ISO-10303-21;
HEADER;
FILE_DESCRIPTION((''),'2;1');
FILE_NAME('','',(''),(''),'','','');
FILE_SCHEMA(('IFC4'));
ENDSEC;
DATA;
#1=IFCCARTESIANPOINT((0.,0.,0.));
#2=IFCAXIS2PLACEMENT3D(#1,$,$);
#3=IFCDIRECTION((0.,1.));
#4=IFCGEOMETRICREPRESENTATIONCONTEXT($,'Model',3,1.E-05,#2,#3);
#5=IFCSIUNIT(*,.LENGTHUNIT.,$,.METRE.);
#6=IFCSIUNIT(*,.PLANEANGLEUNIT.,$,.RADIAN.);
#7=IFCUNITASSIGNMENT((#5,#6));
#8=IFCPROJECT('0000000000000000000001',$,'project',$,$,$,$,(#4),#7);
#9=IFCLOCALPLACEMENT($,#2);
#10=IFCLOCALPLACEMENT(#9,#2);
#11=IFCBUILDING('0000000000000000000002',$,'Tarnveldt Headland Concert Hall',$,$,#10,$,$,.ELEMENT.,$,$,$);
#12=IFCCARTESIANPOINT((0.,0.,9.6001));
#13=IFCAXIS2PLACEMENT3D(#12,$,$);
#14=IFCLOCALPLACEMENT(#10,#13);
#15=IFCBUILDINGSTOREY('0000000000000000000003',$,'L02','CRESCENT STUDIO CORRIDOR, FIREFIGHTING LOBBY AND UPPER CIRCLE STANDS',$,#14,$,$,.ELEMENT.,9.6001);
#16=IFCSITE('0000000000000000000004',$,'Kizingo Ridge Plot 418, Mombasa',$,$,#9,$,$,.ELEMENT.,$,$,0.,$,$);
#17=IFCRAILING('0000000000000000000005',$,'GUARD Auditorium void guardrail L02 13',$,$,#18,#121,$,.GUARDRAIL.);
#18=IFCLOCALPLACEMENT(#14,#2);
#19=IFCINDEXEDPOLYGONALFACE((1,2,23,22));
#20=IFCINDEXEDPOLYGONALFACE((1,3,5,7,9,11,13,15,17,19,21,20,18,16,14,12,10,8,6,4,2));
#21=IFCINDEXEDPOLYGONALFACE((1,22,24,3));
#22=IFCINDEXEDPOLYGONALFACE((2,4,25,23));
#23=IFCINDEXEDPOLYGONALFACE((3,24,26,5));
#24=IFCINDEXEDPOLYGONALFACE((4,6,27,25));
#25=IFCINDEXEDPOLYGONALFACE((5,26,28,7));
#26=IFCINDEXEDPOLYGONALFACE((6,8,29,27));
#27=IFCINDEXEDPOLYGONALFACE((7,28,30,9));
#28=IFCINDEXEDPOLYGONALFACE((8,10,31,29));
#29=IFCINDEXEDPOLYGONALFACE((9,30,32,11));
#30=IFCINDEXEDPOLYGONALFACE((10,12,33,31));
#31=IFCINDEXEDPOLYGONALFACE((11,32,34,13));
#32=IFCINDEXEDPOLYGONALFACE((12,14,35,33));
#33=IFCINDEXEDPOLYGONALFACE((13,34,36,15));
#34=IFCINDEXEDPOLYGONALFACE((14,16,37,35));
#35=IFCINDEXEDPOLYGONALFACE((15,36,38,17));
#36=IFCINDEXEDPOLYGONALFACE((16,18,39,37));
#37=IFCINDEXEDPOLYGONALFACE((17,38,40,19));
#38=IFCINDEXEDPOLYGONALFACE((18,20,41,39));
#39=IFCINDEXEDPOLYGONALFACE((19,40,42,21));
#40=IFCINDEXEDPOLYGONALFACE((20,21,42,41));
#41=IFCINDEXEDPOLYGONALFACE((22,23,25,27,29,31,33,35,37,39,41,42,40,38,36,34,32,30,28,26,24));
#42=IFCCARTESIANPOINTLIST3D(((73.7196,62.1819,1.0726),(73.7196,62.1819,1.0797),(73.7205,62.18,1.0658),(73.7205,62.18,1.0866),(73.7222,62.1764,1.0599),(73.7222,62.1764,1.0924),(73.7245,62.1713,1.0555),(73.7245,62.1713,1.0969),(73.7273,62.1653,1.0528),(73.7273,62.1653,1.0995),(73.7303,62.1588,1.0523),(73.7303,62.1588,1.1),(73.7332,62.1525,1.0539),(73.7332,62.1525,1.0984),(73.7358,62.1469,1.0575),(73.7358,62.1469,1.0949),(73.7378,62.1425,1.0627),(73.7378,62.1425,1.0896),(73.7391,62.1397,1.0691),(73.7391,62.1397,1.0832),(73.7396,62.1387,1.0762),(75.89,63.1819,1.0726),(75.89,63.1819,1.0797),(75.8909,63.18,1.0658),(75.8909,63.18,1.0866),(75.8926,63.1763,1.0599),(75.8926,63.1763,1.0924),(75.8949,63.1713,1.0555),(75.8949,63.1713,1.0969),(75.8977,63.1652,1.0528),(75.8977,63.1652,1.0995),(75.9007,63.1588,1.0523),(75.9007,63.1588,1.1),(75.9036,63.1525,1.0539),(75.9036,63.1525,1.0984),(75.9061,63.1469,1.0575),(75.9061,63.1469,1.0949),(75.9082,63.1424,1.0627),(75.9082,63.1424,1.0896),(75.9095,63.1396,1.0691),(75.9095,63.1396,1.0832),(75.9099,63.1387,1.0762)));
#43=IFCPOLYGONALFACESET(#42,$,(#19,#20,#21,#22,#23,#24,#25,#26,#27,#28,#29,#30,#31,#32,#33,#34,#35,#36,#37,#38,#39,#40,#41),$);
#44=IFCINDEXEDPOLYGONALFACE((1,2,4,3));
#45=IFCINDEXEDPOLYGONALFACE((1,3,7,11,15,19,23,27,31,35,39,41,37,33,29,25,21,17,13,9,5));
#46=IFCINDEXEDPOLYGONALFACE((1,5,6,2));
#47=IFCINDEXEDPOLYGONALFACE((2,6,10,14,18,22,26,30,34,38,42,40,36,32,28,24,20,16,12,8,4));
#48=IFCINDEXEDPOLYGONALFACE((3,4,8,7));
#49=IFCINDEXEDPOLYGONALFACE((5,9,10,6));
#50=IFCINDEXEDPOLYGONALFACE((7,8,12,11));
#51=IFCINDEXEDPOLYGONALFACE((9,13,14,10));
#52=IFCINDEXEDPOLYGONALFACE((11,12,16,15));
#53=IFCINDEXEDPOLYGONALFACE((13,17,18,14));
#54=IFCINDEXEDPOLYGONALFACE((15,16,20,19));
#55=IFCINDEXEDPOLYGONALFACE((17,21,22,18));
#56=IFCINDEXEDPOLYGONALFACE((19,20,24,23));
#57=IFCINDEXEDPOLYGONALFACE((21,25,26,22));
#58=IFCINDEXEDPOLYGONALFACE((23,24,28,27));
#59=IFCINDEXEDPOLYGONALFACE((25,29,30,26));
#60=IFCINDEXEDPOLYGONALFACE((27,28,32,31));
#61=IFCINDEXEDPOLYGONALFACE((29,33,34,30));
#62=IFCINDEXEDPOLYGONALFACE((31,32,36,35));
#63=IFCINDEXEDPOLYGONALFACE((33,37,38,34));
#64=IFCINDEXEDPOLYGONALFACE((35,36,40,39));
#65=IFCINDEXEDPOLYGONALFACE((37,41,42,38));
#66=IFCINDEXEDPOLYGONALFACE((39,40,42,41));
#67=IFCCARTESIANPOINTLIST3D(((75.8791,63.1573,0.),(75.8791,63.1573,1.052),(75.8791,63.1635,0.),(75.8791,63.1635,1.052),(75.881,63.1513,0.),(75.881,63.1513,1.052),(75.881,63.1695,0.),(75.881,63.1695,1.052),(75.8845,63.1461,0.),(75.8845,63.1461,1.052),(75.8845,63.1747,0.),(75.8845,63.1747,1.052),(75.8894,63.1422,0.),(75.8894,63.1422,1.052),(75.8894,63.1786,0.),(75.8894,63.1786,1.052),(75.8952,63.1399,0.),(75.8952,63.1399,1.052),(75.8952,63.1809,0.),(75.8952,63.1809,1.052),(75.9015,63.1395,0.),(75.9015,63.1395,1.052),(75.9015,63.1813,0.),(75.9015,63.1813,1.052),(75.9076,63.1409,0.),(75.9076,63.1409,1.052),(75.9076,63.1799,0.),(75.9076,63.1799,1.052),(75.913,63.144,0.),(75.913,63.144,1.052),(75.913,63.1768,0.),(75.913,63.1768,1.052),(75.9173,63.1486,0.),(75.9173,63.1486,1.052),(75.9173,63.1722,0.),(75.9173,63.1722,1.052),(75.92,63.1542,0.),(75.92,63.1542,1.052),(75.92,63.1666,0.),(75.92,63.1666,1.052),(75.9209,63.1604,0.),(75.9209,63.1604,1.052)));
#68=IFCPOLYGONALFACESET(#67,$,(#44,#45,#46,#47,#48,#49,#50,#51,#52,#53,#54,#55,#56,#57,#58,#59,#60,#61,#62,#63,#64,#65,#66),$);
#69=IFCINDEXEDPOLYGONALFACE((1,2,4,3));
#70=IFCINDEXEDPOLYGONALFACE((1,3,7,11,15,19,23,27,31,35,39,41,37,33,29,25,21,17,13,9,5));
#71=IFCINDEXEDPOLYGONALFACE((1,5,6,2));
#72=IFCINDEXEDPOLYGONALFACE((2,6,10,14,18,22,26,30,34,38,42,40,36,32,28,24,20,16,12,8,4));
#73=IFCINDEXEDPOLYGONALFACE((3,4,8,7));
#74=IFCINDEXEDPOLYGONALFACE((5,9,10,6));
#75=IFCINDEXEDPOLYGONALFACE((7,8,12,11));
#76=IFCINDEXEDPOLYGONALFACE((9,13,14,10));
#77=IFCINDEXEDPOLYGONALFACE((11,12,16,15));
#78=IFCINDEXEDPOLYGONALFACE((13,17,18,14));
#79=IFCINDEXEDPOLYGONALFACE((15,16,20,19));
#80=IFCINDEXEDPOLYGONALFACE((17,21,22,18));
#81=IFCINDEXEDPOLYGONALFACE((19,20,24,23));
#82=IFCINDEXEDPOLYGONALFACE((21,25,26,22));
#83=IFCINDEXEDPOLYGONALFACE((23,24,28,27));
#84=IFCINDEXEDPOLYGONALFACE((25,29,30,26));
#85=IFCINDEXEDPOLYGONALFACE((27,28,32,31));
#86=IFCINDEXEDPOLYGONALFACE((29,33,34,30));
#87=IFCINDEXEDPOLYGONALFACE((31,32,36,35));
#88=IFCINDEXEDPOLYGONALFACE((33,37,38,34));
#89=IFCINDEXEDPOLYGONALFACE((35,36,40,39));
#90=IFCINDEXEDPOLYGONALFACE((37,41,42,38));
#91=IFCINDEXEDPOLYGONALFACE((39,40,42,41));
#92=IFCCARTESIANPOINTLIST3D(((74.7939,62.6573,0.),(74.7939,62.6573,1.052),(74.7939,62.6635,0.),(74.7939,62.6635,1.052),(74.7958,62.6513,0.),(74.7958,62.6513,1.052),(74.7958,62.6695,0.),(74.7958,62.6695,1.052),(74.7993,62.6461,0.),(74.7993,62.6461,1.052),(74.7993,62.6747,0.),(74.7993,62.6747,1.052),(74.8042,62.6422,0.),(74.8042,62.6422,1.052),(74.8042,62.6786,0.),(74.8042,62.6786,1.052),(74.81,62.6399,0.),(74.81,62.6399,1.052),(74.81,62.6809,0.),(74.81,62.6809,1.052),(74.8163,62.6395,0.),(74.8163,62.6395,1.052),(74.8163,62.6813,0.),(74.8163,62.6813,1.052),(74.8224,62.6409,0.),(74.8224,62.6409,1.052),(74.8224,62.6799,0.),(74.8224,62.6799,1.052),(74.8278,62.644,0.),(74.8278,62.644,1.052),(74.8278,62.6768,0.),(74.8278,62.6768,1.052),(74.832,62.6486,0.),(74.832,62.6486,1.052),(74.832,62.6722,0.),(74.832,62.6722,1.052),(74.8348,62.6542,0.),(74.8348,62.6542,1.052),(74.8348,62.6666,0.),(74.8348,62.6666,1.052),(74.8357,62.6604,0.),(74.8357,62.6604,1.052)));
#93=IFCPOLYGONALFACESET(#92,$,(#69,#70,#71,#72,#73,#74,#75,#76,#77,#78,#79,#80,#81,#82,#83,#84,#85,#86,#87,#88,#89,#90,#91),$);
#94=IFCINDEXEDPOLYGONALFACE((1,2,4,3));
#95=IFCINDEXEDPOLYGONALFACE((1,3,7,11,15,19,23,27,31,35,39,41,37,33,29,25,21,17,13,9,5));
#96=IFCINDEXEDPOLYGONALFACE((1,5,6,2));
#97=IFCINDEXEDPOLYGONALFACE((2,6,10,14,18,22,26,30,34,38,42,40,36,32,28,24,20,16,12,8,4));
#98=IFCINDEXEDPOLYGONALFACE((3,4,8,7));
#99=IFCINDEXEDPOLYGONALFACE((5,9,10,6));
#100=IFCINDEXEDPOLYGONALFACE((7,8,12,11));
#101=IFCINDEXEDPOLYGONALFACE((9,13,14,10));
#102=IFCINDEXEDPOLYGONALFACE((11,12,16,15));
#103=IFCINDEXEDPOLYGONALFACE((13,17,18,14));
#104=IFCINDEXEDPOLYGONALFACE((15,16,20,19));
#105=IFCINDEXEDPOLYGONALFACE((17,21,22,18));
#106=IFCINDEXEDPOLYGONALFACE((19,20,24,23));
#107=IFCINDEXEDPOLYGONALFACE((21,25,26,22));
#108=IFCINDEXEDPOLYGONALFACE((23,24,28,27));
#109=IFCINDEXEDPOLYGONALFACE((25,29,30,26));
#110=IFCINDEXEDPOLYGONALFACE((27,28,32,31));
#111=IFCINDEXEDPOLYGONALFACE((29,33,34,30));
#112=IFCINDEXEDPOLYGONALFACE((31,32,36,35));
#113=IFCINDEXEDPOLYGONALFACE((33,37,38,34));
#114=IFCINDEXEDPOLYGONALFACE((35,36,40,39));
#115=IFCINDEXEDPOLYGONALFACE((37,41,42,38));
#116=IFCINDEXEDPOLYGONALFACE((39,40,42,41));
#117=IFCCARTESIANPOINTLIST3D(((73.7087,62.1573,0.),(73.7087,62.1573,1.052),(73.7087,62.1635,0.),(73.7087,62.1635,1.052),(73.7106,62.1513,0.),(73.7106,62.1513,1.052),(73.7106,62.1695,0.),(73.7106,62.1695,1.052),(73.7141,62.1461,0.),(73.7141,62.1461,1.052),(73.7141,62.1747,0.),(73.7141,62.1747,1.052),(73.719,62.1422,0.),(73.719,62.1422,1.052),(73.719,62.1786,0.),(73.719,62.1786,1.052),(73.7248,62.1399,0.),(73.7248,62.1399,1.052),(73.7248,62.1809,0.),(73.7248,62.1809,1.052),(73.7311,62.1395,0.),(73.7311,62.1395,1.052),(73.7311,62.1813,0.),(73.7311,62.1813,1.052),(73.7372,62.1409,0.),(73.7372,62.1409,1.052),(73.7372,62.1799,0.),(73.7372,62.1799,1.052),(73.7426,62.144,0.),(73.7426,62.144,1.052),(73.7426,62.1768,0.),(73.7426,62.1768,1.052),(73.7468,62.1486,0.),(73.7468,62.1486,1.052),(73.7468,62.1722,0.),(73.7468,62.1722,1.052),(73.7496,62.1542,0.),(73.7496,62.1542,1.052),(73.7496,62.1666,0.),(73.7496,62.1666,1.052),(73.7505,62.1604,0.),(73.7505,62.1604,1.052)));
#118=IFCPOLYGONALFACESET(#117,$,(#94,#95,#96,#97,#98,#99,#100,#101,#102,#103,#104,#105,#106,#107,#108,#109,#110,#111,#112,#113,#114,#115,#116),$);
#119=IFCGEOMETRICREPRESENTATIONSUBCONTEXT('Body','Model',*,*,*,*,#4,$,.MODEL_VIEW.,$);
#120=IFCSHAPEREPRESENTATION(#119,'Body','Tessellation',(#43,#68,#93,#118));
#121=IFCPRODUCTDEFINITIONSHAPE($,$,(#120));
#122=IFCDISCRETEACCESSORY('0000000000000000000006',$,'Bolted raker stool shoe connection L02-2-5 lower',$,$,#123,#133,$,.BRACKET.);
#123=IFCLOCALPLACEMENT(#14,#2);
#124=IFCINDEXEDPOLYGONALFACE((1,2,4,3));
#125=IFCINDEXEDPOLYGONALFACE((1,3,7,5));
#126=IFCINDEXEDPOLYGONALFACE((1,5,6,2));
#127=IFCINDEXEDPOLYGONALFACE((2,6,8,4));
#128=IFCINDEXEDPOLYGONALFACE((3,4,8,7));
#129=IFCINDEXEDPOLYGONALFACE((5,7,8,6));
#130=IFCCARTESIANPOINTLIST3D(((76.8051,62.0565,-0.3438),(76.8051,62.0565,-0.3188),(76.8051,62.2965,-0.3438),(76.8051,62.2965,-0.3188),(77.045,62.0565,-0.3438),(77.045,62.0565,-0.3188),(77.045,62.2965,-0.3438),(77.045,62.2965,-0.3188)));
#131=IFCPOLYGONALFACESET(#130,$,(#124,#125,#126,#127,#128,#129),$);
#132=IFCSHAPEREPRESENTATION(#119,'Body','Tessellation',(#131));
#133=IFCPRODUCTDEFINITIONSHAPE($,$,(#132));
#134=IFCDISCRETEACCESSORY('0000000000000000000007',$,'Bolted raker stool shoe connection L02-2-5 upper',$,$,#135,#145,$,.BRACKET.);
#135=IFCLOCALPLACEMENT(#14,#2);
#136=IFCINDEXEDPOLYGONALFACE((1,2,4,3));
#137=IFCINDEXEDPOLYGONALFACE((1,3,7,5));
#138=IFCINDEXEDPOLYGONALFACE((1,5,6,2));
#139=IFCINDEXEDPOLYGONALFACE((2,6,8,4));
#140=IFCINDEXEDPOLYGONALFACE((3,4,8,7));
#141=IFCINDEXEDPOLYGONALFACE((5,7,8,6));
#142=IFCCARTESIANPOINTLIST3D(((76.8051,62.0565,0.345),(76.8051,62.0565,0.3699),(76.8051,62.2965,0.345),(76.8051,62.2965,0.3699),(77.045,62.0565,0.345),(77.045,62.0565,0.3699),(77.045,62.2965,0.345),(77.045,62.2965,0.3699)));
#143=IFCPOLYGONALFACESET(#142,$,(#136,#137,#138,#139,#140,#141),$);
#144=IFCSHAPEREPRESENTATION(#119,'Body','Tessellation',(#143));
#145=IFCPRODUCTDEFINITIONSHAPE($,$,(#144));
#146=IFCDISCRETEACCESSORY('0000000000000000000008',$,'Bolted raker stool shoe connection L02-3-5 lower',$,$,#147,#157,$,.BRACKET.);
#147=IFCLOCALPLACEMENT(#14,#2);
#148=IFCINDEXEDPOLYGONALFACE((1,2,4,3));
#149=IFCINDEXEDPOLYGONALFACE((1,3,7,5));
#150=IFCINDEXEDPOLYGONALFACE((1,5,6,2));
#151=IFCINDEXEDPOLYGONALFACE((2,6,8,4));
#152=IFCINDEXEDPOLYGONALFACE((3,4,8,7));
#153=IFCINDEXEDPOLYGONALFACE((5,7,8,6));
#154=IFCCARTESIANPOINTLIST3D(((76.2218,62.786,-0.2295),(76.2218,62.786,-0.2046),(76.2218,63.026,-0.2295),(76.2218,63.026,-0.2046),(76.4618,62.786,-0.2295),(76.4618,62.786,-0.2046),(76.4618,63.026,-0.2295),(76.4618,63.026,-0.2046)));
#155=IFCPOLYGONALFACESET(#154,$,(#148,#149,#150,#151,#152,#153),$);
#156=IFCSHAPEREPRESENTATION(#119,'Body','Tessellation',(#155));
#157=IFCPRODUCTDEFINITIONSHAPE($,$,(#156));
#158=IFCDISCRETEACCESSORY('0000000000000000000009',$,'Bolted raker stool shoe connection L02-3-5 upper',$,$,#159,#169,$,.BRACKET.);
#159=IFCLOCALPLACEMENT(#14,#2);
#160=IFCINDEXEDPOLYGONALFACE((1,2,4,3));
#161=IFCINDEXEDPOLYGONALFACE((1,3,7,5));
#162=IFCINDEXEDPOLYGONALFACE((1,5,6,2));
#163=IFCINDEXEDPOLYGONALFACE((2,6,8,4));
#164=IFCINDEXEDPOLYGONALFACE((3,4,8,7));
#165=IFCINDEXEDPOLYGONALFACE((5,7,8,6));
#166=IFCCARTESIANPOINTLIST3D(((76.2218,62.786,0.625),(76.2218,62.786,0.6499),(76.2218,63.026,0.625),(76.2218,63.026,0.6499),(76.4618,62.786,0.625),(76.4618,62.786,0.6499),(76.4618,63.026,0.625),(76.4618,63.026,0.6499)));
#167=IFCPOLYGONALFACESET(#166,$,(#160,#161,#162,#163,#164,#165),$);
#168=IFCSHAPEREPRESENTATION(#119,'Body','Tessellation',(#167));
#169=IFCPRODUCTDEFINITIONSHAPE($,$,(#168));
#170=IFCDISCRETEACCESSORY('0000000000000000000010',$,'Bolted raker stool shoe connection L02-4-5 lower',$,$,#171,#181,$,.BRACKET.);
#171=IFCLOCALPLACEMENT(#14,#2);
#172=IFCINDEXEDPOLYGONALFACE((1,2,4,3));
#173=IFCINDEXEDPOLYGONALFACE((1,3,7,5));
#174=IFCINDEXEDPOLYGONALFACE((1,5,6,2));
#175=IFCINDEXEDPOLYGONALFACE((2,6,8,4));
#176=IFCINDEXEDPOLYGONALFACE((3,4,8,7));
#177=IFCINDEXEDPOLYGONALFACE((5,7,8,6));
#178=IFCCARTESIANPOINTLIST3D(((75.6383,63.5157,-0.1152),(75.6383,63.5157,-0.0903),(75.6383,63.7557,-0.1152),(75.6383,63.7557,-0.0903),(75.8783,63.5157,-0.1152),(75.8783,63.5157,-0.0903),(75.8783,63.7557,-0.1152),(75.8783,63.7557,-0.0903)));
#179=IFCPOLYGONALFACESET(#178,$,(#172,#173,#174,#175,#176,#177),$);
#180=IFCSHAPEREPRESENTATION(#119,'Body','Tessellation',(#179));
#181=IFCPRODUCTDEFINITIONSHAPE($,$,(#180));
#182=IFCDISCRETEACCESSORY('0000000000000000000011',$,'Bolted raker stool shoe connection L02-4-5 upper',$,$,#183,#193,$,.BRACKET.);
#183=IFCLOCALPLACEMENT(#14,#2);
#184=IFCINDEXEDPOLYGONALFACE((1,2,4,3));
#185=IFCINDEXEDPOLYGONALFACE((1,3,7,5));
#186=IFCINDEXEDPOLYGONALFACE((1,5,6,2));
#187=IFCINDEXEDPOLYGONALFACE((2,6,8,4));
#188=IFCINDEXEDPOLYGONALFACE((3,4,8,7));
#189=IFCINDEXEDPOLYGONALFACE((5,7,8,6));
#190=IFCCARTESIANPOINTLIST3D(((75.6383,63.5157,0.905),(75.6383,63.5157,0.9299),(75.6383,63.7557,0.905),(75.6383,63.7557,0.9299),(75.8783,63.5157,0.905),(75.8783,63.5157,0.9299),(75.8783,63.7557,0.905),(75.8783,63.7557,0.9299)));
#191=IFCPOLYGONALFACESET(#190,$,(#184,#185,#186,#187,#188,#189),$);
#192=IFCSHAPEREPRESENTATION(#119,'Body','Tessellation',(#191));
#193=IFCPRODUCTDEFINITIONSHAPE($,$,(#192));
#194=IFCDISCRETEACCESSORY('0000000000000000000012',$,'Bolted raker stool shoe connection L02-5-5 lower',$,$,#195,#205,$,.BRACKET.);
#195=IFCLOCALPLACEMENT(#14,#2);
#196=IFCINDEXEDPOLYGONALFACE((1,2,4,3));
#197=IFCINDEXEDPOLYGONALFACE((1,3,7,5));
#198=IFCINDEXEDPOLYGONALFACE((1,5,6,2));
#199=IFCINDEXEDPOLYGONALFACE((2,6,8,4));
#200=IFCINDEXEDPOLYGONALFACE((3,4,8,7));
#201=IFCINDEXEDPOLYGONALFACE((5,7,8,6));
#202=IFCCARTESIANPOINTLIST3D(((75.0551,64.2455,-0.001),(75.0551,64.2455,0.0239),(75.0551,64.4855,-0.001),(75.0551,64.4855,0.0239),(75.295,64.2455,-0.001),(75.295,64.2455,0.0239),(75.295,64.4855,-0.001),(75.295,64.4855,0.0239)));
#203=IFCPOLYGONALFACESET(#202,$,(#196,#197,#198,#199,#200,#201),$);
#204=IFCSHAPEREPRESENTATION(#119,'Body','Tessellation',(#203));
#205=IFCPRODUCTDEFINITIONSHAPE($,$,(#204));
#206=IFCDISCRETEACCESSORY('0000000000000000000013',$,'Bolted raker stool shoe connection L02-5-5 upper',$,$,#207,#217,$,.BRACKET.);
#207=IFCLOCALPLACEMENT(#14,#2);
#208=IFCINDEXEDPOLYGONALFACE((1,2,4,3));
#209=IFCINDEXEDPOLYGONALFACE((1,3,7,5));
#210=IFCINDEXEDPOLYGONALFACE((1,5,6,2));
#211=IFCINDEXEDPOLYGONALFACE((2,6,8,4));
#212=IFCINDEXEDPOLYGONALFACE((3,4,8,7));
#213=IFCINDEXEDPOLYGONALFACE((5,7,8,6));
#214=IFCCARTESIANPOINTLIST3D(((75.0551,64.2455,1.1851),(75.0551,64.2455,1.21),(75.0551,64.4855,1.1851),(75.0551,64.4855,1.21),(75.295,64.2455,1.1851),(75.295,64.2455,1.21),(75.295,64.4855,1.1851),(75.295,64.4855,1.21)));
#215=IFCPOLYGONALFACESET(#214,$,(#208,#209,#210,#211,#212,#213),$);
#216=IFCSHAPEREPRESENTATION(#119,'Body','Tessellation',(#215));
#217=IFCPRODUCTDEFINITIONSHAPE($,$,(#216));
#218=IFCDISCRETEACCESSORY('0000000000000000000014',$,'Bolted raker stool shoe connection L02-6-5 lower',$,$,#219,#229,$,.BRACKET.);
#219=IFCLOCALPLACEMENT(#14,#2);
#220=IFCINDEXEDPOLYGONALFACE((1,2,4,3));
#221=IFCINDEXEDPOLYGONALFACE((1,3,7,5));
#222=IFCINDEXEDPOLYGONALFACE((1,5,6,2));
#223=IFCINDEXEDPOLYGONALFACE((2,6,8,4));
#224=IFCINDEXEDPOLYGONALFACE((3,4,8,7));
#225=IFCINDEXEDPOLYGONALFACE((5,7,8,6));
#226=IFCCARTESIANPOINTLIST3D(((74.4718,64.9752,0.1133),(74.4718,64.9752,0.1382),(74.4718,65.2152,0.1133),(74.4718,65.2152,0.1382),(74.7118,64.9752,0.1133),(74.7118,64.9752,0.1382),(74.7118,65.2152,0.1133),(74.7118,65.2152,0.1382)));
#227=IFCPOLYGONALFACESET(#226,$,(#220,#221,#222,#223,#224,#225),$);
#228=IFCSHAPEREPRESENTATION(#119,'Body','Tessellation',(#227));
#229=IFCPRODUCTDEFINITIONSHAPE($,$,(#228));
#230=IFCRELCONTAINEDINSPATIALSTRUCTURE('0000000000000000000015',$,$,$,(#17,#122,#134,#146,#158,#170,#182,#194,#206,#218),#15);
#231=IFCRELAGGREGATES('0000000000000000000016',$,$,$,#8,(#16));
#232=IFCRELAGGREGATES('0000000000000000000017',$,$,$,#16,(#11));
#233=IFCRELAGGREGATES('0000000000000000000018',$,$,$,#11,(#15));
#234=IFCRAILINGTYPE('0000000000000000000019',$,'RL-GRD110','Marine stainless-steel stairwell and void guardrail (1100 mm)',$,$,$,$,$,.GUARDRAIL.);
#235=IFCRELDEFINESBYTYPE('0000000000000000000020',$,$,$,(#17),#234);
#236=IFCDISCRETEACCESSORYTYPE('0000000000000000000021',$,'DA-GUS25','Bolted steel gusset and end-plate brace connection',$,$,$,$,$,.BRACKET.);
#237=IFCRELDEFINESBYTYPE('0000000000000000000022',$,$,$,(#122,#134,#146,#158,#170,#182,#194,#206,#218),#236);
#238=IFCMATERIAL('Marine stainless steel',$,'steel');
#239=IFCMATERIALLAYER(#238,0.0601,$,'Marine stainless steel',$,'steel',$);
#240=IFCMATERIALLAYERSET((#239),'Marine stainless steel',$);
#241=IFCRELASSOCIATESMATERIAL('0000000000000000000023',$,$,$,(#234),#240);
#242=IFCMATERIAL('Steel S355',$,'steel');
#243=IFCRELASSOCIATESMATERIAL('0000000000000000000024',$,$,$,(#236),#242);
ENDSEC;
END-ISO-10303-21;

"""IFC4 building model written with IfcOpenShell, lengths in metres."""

from ifc_helpers import new_model, si_unit, direction, frame, origin, origin_2d, place, context, subcontext, project, spatial, rectangle, circle, extrude, material, layer, layer_set, type_object, element, save


model = new_model("IFC4")

# Units and contexts
model_context = context("Model", 3, precision=1e-05, world=origin(), true_north=direction((0.0, 1.0)))
body_context = subcontext(model_context, "Body", "Model", "MODEL_VIEW")
ifc_project = project(units=[si_unit("LENGTHUNIT", "METRE"), si_unit("PLANEANGLEUNIT", "RADIAN")], contexts=[model_context])

# Site, building, storey
site_placement = place(None, origin())
site = spatial("IfcSite", under=ifc_project, at=site_placement, Name="Kizingo Ridge Plot 418, Mombasa", CompositionType="ELEMENT", RefElevation=0.0)
building_placement = place(site_placement, origin())
building = spatial("IfcBuilding", under=site, at=building_placement, Name="Tarnveldt Headland Concert Hall", CompositionType="ELEMENT")
storey_placement = place(building_placement, frame((0.0, 0.0, 9.6001)))
storey = spatial("IfcBuildingStorey", under=building, at=storey_placement, Name="L02", Description="CRESCENT STUDIO CORRIDOR, FIREFIGHTING LOBBY AND UPPER CIRCLE STANDS", CompositionType="ELEMENT", Elevation=9.6001)

# Shared definitions
ifc_material_1 = material(Name="Steel S355", Category="steel")

# Railing
ifc_material_2 = material(Name="Marine stainless steel", Category="steel")
ifc_layer_1 = layer(ifc_material_2, 0.0601, Name="Marine stainless steel", Category="steel")
ifc_layer_set_1 = layer_set([ifc_layer_1], Name="Marine stainless steel")
railing_type = type_object("IfcRailingType", Name="RL-GRD110", Description="Marine stainless-steel stairwell and void guardrail (1100 mm)", PredefinedType="GUARDRAIL", material=ifc_layer_set_1)
railing_1_placement = place(storey_placement, frame((75.8999, 63.1604, 0.0)))
element("IfcRailing", 1, at=railing_1_placement, inside=storey, type_object=railing_type, Name="GUARD Auditorium void guardrail L02 13", PredefinedType="GUARDRAIL", context=body_context, shape_type="SweptSolid", body=[
    extrude(circle(Radius=0.0239, at=origin_2d()), frame((0.0, 0.0, 1.0762), z_axis=(-0.908234, -0.418462, 0.0), x_axis=(0.418462, -0.908234, 0.0)), (0.0, 0.0, 1.0), 2.3896),
    extrude(circle(Radius=0.021, at=origin_2d()), origin(), (0.0, 0.0, 1.0), 1.052),
    extrude(circle(Radius=0.021, at=origin_2d()), frame((-1.0852, -0.5, 0.0)), (0.0, 0.0, 1.0), 1.052),
    extrude(circle(Radius=0.021, at=origin_2d()), frame((-2.1704, -1.0, 0.0)), (0.0, 0.0, 1.0), 1.052),
])

# Discrete accessories
discrete_accessory_type = type_object("IfcDiscreteAccessoryType", Name="DA-GUS25", Description="Bolted steel gusset and end-plate brace connection", PredefinedType="BRACKET", material=ifc_material_1)
for number, where, z_axis, x_axis, name in (
    (2, (76.925, 62.1765, -0.3438), (0.0, 0.0, 1.0), (1.0, 0.0, 0.0), "Bolted raker stool shoe connection L02-2-5 lower"),
    (3, (76.925, 62.1765, 0.345), (0.0, 0.0, 1.0), (1.0, 0.0, 0.0), "Bolted raker stool shoe connection L02-2-5 upper"),
    (4, (76.3418, 62.906, -0.2295), (0.0, 0.0, 1.0), (1.0, 0.0, 0.0), "Bolted raker stool shoe connection L02-3-5 lower"),
    (5, (76.3418, 62.906, 0.625), (0.0, 0.0, 1.0), (1.0, 0.0, 0.0), "Bolted raker stool shoe connection L02-3-5 upper"),
    (6, (75.7583, 63.6357, -0.1152), (0.0, 0.0, 1.0), (1.0, 0.0, 0.0), "Bolted raker stool shoe connection L02-4-5 lower"),
    (7, (75.7583, 63.6357, 0.905), (0.0, 0.0, 1.0), (1.0, 0.0, 0.0), "Bolted raker stool shoe connection L02-4-5 upper"),
    (8, (75.175, 64.3655, -0.001), (0.0, 0.0, 1.0), (1.0, 0.0, 0.0), "Bolted raker stool shoe connection L02-5-5 lower"),
    (9, (75.175, 64.3655, 1.1851), (0.0, 0.0, 1.0), (1.0, 0.0, 0.0), "Bolted raker stool shoe connection L02-5-5 upper"),
    (10, (74.5918, 65.0952, 0.1133), (0.0, 0.0, 1.0), (1.0, 0.0, 0.0), "Bolted raker stool shoe connection L02-6-5 lower"),
):
    element("IfcDiscreteAccessory", number, at=place(storey_placement, frame(where, z_axis=z_axis, x_axis=x_axis)), inside=storey, type_object=discrete_accessory_type, Name=name, PredefinedType="BRACKET", context=body_context, shape_type="SweptSolid", body=[
        extrude(rectangle(XDim=0.24, YDim=0.24, at=origin_2d()), origin(), (0.0, 0.0, 1.0), 0.0249),
    ])

save(model, "model.ifc")
